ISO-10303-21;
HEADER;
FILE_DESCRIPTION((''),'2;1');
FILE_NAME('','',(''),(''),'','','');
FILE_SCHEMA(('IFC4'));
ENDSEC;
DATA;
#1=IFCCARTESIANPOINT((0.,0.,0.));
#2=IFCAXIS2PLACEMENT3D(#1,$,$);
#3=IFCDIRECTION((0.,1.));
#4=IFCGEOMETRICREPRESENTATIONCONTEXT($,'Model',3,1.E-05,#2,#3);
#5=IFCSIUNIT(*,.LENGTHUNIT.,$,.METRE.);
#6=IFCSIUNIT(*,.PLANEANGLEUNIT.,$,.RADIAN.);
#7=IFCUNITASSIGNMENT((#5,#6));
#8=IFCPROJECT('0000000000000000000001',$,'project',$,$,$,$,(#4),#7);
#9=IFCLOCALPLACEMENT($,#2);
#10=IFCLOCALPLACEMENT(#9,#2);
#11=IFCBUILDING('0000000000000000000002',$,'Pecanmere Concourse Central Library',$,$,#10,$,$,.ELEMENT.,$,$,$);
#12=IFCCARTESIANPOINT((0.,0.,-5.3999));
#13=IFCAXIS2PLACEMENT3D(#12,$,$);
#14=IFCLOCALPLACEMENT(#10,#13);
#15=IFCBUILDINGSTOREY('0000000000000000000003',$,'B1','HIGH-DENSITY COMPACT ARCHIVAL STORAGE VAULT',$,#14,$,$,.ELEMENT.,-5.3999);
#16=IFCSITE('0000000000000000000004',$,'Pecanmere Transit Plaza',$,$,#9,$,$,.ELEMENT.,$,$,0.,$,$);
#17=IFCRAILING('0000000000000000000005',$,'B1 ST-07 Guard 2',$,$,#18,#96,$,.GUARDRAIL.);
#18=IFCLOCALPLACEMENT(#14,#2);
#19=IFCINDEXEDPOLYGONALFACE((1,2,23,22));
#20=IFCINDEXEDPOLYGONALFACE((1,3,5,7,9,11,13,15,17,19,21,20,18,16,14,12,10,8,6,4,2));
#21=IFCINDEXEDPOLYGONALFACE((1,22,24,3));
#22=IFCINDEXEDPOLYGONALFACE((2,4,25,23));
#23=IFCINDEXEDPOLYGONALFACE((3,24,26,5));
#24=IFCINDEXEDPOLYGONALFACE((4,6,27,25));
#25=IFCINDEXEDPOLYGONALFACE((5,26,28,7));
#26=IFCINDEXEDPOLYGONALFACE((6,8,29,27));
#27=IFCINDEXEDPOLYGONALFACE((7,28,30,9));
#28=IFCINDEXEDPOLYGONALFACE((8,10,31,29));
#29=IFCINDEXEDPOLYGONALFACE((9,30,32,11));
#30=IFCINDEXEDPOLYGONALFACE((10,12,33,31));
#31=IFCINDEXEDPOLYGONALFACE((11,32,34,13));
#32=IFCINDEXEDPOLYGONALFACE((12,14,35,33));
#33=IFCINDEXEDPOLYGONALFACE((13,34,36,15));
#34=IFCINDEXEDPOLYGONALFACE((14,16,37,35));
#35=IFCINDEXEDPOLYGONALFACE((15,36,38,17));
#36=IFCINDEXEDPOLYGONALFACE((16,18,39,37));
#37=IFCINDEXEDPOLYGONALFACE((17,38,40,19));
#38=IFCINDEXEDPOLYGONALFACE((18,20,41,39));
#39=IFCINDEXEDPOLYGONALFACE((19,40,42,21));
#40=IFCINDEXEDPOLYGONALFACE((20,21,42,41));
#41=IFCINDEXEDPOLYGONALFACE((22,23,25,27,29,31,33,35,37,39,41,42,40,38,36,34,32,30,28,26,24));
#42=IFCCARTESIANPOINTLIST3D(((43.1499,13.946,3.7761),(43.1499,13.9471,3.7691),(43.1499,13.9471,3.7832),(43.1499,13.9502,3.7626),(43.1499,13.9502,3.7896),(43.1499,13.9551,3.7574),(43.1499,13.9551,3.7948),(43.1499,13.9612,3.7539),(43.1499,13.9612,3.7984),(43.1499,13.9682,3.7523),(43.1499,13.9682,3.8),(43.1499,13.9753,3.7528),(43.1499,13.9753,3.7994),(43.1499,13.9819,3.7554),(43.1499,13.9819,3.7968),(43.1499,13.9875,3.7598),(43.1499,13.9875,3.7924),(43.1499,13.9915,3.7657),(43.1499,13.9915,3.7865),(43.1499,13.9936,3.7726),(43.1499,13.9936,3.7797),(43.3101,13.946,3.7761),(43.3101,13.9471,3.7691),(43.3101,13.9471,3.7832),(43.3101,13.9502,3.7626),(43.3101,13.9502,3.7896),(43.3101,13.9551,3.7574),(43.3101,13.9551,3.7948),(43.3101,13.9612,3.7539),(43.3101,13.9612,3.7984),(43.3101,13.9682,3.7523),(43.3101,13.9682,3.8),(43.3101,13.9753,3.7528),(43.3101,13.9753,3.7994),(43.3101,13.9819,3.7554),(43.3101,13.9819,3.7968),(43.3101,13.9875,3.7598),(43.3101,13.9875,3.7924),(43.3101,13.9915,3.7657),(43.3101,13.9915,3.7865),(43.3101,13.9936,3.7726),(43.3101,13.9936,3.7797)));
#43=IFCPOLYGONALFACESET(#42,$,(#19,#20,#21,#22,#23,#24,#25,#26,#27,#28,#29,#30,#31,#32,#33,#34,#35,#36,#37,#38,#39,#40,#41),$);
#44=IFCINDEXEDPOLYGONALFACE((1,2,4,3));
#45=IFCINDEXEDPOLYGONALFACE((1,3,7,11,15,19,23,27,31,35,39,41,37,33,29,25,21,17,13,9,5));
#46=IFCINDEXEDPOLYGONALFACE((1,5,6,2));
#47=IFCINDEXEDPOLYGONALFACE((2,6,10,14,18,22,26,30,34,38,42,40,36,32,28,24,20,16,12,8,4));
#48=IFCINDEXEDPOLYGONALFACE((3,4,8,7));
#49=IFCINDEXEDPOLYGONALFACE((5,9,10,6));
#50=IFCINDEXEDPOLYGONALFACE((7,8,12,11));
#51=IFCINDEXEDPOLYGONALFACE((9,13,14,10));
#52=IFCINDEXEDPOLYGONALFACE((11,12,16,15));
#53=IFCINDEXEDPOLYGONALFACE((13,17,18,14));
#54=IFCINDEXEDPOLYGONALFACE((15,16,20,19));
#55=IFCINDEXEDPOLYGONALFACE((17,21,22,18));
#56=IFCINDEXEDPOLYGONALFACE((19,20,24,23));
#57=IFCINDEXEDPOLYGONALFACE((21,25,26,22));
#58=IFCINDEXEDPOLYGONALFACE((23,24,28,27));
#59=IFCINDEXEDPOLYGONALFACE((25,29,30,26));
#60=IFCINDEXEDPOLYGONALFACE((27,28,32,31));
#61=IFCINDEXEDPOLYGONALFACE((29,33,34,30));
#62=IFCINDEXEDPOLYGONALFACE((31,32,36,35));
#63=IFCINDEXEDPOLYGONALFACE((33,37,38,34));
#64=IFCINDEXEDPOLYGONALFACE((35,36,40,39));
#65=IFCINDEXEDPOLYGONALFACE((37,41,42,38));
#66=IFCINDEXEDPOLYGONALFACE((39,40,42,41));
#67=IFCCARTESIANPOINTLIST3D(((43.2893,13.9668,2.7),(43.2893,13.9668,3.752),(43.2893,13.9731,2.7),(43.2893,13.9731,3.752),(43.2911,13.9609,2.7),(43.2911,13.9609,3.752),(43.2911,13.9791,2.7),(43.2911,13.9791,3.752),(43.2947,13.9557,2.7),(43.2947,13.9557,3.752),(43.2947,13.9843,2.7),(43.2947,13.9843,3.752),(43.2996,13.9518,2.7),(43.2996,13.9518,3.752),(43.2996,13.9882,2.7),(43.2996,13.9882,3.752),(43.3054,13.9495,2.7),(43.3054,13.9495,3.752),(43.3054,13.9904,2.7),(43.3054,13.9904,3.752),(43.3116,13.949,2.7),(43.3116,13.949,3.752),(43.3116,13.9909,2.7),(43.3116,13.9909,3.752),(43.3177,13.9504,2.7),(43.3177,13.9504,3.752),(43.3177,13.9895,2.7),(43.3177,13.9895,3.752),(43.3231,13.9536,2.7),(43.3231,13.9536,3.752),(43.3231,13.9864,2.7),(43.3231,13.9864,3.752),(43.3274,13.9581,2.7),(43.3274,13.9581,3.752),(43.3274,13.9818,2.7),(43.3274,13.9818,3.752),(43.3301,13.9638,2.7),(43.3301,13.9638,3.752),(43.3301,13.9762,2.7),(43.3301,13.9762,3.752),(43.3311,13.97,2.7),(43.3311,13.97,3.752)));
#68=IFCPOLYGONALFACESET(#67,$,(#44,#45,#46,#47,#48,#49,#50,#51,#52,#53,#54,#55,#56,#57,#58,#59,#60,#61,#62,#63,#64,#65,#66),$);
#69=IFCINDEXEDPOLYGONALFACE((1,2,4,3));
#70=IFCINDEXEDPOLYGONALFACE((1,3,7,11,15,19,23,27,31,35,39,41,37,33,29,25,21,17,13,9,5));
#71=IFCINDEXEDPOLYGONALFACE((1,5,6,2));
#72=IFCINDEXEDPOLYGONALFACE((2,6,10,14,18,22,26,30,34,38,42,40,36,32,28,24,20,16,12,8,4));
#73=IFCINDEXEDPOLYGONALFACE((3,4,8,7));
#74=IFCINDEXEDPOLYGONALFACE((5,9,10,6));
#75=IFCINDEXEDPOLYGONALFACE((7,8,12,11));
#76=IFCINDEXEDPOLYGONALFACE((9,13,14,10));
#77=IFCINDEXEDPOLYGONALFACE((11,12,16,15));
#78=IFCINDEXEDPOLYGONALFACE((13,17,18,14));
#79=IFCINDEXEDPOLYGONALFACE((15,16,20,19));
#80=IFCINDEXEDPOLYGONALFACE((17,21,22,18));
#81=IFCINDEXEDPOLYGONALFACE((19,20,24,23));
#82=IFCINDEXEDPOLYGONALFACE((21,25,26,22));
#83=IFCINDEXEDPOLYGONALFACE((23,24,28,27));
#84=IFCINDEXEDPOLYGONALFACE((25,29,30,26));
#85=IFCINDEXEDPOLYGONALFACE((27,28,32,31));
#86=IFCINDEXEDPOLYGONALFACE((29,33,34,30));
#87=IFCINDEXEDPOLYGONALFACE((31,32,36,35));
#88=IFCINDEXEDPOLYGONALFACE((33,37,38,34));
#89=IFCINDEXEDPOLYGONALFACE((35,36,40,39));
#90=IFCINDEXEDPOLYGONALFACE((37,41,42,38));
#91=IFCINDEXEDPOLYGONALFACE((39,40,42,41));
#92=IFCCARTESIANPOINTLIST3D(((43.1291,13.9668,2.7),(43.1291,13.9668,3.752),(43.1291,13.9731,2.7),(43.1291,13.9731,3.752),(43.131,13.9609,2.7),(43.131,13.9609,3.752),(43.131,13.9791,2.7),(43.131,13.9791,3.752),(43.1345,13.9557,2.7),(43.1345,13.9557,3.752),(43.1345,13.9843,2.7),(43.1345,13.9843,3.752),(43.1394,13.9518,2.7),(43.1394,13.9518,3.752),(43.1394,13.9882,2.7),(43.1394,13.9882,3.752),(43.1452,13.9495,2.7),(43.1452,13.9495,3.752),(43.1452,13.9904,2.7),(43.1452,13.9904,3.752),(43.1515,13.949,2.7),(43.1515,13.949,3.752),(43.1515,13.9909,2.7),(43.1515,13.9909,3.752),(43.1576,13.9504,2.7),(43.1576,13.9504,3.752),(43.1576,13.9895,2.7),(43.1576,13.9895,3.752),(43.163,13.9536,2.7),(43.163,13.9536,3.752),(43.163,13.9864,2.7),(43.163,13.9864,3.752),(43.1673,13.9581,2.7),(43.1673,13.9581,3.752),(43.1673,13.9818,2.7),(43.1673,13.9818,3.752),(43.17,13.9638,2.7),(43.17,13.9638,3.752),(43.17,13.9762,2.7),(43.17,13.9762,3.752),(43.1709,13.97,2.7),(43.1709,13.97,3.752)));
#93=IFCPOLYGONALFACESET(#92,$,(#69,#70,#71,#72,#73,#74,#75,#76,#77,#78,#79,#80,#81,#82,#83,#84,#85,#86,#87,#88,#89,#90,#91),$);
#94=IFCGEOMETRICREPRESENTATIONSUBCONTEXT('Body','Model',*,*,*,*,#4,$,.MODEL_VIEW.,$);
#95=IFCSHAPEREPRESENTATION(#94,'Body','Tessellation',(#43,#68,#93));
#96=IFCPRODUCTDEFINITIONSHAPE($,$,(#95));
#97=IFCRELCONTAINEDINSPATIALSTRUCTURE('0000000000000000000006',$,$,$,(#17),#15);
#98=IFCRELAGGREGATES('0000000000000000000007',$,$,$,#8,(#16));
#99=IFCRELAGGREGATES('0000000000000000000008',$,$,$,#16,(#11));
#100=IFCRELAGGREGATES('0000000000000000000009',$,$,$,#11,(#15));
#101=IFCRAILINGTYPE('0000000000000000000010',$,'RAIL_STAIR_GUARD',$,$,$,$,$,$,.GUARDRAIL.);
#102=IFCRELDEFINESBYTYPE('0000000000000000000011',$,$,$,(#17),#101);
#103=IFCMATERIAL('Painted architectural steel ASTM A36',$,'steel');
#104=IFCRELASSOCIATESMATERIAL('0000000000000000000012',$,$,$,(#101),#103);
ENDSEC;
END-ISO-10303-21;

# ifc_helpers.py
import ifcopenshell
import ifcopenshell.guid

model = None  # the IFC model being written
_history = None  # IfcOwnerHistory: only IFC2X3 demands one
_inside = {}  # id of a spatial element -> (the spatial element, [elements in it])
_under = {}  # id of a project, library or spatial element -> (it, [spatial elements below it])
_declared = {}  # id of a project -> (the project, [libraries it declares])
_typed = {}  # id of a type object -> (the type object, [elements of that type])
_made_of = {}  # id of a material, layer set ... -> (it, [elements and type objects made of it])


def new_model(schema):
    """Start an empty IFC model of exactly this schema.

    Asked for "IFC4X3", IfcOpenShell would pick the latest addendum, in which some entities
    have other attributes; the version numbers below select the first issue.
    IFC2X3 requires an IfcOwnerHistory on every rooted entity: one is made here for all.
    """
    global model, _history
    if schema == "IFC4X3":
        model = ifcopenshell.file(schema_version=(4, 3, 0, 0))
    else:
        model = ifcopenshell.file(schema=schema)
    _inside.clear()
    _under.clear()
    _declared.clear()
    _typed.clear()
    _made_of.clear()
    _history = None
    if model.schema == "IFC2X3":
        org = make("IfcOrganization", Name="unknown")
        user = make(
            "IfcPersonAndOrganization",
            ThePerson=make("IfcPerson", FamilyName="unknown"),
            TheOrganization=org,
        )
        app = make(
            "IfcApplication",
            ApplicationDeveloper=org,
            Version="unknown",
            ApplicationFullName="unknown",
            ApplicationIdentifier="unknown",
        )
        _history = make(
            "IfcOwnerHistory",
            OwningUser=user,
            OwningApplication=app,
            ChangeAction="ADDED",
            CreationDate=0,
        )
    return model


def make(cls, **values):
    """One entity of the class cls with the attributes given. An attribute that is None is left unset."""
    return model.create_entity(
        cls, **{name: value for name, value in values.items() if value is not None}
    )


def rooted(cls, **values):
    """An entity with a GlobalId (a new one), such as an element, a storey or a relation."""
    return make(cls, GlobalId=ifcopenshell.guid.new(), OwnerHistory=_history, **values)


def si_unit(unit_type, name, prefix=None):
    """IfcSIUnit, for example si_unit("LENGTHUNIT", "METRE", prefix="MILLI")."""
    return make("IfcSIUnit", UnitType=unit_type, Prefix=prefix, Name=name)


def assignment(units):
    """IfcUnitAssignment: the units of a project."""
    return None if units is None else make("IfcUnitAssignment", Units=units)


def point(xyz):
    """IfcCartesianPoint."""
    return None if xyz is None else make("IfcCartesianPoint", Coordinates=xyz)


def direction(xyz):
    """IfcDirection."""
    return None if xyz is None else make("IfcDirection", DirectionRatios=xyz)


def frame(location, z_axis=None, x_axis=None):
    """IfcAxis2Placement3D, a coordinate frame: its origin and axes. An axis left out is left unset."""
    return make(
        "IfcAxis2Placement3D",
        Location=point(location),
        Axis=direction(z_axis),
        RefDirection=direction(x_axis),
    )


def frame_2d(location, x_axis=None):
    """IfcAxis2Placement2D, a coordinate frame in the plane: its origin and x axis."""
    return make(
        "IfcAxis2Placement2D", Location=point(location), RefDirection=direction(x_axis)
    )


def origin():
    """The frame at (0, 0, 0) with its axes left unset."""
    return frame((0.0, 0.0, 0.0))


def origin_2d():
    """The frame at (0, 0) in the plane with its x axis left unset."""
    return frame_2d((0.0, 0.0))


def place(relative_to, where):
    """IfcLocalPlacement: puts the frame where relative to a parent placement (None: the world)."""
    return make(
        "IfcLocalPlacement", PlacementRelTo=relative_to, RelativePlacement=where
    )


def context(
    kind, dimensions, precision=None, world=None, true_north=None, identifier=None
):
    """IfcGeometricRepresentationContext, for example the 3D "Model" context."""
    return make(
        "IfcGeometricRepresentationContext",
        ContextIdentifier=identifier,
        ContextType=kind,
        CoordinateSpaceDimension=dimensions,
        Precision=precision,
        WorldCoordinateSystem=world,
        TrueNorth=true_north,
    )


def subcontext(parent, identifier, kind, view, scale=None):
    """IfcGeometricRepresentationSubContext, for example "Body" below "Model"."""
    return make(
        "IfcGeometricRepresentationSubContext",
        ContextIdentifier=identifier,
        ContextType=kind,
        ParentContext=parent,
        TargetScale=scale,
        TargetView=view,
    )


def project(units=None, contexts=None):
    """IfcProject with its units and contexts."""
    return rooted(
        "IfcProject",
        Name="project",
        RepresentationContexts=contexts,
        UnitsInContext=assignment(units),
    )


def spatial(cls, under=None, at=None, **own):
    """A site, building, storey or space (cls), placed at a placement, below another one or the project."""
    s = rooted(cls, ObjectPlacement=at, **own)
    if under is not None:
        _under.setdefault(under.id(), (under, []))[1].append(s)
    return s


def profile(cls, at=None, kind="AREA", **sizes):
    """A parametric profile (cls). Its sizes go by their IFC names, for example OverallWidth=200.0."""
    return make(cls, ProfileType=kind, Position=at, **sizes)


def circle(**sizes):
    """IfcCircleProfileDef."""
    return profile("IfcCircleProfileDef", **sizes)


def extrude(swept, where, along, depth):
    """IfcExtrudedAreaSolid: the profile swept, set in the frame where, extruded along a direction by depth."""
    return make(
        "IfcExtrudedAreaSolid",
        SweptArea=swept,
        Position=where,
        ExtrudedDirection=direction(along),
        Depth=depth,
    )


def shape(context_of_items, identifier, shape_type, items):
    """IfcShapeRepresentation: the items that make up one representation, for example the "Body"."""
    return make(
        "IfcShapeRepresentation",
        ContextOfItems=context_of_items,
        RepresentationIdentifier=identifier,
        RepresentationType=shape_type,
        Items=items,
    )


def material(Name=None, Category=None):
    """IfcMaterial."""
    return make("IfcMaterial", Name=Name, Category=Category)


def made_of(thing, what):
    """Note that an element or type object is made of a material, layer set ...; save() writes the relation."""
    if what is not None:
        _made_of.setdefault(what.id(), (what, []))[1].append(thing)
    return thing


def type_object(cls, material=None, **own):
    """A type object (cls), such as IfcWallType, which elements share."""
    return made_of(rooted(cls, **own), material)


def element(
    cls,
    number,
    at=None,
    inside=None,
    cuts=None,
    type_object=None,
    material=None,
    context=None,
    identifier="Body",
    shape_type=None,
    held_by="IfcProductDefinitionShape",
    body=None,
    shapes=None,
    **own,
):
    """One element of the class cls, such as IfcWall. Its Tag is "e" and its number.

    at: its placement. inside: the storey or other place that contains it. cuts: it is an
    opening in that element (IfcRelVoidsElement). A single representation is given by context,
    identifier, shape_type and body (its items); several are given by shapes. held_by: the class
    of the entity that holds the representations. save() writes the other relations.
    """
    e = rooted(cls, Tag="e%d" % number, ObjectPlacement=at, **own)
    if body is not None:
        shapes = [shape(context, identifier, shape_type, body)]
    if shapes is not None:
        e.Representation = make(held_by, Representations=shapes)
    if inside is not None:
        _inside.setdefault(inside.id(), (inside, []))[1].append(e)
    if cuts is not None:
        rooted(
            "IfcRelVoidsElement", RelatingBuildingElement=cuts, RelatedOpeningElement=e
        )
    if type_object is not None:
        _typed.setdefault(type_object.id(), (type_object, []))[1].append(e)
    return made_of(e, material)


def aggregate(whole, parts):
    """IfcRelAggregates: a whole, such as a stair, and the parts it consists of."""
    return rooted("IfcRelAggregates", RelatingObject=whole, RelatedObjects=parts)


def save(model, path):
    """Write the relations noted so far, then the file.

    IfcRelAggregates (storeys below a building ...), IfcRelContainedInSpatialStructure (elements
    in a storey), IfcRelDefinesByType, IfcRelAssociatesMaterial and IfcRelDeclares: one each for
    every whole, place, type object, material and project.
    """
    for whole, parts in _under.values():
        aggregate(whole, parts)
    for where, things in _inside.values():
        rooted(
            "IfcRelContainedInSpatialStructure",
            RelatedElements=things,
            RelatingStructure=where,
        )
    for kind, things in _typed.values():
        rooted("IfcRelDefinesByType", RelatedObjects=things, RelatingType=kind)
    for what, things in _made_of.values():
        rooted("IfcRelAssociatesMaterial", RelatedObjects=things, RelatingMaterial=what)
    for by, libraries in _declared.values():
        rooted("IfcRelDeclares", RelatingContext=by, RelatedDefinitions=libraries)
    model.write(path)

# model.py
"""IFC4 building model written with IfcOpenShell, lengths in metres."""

from ifc_helpers import new_model, si_unit, direction, frame, origin, origin_2d, place, context, subcontext, project, spatial, circle, extrude, material, type_object, element, save


model = new_model("IFC4")

# Units and contexts
model_context = context("Model", 3, precision=1e-05, world=origin(), true_north=direction((0.0, 1.0)))
body_context = subcontext(model_context, "Body", "Model", "MODEL_VIEW")
ifc_project = project(units=[si_unit("LENGTHUNIT", "METRE"), si_unit("PLANEANGLEUNIT", "RADIAN")], contexts=[model_context])

# Site, building, storey
site_placement = place(None, origin())
site = spatial("IfcSite", under=ifc_project, at=site_placement, Name="Pecanmere Transit Plaza", CompositionType="ELEMENT", RefElevation=0.0)
building_placement = place(site_placement, origin())
building = spatial("IfcBuilding", under=site, at=building_placement, Name="Pecanmere Concourse Central Library", CompositionType="ELEMENT")
storey_placement = place(building_placement, frame((0.0, 0.0, -5.3999)))
storey = spatial("IfcBuildingStorey", under=building, at=storey_placement, Name="B1", Description="HIGH-DENSITY COMPACT ARCHIVAL STORAGE VAULT", CompositionType="ELEMENT", Elevation=-5.3999)

# Railing
ifc_material_1 = material(Name="Painted architectural steel ASTM A36", Category="steel")
railing_type = type_object("IfcRailingType", Name="RAIL_STAIR_GUARD", PredefinedType="GUARDRAIL", material=ifc_material_1)
railing_placement = place(storey_placement, frame((43.3101, 13.97, 2.7)))
element("IfcRailing", 1, at=railing_placement, inside=storey, type_object=railing_type, Name="B1 ST-07 Guard 2", PredefinedType="GUARDRAIL", context=body_context, shape_type="SweptSolid", body=[
    extrude(circle(Radius=0.0239, at=origin_2d()), frame((0.0, 0.0, 1.0762), z_axis=(-1.0, 0.0, 0.0), x_axis=(0.0, -1.0, 0.0)), (0.0, 0.0, 1.0), 0.1602),
    extrude(circle(Radius=0.021, at=origin_2d()), origin(), (0.0, 0.0, 1.0), 1.052),
    extrude(circle(Radius=0.021, at=origin_2d()), frame((-0.1602, 0.0, 0.0)), (0.0, 0.0, 1.0), 1.052),
])

save(model, "model.ifc")
